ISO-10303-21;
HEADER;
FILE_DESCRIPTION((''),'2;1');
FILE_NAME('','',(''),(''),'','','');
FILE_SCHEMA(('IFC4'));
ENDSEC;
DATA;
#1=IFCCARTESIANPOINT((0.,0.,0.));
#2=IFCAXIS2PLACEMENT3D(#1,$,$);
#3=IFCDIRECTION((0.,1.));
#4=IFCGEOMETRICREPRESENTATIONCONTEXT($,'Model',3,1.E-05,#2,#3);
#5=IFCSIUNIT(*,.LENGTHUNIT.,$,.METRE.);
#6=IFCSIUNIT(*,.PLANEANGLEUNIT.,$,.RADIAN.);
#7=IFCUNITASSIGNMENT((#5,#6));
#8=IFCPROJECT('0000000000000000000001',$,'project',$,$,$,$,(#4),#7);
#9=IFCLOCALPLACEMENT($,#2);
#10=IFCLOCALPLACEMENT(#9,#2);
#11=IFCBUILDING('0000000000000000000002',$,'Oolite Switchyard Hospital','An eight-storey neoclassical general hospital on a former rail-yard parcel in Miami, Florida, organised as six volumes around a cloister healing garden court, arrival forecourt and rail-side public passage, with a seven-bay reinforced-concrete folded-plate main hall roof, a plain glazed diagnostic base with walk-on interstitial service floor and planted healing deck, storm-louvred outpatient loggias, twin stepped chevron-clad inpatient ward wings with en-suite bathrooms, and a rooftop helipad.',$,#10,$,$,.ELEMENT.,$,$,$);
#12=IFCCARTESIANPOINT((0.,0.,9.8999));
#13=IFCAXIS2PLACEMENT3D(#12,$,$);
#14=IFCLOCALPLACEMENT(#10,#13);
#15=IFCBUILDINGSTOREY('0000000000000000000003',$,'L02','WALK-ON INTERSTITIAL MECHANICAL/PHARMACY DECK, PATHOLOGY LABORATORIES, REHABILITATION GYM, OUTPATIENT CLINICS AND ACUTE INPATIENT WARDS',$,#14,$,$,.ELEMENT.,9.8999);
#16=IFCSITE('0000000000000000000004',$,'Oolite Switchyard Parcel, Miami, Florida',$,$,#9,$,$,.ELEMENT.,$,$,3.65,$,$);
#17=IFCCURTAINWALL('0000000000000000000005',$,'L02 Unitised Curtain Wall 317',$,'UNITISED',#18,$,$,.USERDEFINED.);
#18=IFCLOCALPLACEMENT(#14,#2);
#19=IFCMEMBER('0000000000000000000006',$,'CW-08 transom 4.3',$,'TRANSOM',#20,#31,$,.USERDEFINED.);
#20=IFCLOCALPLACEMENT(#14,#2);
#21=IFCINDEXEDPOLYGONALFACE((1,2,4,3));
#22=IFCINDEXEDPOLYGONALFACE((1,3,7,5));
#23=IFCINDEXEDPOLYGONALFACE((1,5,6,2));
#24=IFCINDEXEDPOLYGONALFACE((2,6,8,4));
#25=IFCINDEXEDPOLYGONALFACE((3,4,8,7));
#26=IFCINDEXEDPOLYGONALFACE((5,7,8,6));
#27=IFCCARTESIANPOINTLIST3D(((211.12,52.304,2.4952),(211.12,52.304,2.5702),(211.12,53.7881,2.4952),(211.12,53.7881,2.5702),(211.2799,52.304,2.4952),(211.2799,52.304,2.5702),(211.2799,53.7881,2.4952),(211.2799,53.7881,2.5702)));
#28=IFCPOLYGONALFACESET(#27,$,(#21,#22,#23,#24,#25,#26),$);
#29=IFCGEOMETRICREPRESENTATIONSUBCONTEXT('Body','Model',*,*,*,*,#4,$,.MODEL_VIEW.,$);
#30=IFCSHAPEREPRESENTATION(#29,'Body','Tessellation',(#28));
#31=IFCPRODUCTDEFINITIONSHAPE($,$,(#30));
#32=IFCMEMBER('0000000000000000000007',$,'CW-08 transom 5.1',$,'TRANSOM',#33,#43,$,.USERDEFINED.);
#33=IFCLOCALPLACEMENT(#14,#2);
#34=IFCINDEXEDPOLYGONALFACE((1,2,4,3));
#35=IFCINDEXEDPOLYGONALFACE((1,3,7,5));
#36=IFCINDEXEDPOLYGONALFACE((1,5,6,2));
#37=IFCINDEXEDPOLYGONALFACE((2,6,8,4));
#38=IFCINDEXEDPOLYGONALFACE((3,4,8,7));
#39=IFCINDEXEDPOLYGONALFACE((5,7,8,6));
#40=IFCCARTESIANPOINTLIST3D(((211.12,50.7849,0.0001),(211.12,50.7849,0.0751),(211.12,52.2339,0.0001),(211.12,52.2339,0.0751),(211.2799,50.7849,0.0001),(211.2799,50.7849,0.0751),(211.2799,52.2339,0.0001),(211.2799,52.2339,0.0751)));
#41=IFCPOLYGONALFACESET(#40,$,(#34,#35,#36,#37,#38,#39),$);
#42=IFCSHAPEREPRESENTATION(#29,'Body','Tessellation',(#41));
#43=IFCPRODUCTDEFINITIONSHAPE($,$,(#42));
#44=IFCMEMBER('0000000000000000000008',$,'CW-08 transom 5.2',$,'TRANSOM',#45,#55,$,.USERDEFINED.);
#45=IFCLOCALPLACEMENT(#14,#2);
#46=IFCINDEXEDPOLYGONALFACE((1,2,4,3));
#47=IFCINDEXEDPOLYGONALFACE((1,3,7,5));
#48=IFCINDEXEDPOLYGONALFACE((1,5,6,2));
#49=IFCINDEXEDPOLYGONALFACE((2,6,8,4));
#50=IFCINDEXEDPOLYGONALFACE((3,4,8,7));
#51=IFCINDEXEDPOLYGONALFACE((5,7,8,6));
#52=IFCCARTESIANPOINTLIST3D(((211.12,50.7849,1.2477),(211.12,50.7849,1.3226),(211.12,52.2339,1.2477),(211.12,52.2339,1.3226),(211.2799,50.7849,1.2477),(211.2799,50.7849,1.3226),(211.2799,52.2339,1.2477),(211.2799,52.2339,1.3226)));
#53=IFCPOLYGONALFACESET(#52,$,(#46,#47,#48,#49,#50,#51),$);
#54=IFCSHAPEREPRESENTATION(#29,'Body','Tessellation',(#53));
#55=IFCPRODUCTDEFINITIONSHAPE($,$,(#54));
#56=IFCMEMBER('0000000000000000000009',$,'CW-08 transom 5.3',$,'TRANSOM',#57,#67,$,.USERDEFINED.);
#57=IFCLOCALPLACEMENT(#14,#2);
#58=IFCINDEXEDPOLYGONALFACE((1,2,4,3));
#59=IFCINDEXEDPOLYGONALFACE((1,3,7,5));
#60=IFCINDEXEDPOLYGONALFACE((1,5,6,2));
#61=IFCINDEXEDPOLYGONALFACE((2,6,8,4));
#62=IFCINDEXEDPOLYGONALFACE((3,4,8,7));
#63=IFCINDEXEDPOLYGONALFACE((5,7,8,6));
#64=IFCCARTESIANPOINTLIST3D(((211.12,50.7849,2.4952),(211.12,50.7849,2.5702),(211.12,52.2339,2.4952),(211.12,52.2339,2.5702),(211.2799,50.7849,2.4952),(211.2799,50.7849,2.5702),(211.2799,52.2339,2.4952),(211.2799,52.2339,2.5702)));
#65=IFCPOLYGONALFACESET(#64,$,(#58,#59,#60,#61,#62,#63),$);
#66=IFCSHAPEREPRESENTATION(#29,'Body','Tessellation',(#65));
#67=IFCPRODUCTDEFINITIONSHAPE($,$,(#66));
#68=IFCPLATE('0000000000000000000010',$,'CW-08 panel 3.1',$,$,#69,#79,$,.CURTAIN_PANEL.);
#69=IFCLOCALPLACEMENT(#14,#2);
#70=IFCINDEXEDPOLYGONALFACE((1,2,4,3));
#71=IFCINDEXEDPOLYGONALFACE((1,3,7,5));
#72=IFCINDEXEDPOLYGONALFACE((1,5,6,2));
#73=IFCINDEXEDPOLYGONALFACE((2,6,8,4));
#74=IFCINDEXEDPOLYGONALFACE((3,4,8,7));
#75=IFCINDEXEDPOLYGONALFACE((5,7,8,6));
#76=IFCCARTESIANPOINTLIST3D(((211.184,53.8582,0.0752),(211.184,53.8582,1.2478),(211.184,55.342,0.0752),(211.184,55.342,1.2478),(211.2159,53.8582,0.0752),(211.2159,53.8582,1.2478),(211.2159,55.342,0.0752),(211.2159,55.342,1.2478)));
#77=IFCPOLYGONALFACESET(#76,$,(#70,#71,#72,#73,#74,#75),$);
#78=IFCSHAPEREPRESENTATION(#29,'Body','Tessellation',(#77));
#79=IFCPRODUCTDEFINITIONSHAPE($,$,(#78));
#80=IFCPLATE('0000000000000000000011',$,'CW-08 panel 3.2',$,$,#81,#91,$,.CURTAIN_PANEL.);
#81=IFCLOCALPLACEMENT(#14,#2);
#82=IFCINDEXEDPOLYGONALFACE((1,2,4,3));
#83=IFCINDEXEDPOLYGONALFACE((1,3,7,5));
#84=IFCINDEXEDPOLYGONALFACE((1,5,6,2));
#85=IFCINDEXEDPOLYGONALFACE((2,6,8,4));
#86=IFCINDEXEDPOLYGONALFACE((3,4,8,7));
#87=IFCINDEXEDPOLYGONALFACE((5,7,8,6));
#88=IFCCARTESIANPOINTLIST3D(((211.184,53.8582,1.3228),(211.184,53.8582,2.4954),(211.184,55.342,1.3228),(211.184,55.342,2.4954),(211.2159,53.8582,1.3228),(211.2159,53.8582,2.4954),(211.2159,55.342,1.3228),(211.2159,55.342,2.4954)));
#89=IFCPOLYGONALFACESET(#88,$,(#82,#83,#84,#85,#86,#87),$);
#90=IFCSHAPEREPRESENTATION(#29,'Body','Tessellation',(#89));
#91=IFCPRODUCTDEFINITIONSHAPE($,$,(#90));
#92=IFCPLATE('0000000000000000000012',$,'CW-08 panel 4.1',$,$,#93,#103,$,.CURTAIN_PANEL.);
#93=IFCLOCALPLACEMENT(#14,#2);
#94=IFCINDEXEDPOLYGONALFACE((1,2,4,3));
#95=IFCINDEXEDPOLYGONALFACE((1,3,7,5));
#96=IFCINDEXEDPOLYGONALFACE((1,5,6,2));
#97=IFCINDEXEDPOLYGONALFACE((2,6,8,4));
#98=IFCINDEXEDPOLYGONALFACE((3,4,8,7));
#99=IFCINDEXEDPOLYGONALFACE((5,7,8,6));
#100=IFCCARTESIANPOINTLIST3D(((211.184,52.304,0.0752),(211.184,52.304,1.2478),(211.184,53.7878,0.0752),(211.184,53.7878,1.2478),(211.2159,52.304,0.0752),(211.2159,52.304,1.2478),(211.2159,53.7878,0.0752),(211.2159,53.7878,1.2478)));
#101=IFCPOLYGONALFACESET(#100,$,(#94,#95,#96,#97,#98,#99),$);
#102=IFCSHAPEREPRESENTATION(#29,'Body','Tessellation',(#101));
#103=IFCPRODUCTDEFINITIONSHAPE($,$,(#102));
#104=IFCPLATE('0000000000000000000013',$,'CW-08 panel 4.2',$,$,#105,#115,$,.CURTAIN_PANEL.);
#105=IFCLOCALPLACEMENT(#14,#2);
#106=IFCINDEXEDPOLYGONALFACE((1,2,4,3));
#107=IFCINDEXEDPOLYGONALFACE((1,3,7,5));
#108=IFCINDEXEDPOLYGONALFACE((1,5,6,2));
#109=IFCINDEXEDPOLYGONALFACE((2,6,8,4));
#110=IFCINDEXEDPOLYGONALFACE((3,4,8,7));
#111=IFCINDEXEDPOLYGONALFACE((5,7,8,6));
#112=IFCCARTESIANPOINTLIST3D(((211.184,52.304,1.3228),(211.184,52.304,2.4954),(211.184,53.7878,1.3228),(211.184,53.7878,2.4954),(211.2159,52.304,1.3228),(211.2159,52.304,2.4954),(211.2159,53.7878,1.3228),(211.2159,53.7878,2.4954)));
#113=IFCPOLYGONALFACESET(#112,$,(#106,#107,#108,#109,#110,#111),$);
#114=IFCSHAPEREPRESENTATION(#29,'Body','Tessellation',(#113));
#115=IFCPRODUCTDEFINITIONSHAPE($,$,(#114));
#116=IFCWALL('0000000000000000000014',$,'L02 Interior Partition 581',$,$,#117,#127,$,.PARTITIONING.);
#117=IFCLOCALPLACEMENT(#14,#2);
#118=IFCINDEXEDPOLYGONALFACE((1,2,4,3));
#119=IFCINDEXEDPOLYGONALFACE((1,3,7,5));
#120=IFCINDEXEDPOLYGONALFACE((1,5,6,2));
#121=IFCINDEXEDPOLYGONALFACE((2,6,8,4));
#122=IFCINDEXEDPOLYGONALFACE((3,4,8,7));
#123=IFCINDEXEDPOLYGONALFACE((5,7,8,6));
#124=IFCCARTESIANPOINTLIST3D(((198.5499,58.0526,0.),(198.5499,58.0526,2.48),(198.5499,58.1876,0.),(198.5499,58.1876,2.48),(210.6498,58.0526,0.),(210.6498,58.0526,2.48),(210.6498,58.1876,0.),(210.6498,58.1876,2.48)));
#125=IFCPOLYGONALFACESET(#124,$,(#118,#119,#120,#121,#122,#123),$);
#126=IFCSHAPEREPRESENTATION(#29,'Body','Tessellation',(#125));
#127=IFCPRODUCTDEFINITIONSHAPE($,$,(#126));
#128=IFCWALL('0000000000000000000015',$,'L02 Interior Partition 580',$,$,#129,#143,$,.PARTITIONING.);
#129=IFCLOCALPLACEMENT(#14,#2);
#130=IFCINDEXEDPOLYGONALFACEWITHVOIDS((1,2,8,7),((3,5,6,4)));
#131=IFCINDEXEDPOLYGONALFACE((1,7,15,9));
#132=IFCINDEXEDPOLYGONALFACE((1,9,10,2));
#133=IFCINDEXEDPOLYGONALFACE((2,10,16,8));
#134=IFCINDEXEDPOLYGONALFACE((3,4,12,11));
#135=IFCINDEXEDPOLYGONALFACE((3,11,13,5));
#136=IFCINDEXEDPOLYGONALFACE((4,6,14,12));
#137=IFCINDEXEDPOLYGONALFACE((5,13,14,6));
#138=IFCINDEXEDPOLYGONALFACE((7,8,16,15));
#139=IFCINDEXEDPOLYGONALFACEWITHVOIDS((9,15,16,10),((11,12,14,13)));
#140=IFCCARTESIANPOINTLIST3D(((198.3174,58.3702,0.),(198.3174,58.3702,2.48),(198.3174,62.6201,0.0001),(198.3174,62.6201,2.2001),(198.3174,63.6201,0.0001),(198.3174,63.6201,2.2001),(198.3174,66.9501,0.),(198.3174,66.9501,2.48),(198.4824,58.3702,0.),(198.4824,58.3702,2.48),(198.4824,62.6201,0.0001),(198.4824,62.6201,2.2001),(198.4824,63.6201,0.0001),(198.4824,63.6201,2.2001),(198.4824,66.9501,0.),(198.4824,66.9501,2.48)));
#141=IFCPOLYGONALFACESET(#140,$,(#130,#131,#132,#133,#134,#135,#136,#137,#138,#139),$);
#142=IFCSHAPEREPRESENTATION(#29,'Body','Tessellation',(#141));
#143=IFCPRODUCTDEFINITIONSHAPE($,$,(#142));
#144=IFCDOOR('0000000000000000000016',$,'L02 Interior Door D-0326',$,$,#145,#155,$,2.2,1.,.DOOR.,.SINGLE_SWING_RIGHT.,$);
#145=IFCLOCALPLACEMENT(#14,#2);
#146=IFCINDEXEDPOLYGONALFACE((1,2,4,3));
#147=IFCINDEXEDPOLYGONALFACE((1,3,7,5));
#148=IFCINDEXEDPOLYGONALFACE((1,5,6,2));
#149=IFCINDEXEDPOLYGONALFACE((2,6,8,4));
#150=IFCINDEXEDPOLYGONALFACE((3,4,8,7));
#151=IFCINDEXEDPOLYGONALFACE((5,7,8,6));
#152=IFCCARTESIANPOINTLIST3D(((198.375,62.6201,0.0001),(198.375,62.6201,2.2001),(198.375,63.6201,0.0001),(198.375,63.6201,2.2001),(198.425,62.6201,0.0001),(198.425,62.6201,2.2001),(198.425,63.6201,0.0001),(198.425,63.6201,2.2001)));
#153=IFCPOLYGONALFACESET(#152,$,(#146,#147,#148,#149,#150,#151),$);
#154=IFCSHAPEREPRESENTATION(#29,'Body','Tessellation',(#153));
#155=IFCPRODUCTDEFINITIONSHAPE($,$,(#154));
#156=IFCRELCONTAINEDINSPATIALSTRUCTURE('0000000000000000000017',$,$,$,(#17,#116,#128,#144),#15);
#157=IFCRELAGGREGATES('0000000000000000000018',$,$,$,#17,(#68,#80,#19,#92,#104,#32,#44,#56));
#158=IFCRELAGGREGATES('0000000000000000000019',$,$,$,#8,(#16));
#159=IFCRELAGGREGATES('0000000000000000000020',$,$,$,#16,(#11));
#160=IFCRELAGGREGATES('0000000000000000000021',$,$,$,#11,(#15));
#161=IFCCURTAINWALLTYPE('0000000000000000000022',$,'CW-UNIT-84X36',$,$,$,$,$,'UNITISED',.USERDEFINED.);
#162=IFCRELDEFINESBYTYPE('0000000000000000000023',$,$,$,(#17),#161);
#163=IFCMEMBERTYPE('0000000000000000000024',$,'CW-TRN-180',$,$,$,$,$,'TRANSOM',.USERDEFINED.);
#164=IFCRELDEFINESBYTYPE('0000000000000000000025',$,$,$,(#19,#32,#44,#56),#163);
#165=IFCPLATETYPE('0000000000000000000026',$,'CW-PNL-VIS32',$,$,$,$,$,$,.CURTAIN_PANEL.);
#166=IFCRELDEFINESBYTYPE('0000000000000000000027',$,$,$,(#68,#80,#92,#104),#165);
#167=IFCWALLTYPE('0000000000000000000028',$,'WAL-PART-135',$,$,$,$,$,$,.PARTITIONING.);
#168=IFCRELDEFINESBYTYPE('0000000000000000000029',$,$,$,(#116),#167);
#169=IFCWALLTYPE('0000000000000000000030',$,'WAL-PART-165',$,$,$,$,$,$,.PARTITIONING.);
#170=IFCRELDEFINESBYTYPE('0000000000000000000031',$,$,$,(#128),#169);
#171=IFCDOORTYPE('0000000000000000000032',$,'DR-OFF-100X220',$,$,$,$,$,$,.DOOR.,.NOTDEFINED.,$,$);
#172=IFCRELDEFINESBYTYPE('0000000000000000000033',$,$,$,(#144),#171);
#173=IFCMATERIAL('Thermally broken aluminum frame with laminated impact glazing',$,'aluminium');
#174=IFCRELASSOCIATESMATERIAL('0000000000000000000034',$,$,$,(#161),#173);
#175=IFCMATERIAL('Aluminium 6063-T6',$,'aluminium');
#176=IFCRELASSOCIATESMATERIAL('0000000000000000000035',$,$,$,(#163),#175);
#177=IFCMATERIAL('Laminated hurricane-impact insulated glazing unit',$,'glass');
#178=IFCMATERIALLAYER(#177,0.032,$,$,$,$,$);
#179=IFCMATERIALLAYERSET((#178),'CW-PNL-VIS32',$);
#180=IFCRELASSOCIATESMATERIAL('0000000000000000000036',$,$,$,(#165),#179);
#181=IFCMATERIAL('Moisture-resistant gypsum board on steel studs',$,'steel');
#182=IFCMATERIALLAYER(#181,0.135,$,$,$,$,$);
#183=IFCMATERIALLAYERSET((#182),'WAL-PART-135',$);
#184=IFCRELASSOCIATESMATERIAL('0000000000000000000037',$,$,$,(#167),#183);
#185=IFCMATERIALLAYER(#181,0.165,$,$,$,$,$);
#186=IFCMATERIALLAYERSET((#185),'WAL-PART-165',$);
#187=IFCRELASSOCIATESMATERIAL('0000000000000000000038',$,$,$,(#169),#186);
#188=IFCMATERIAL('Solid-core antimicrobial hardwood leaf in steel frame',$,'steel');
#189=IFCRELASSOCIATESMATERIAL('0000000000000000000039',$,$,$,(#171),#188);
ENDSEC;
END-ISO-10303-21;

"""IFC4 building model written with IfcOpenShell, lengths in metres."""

from ifc_helpers import new_model, si_unit, direction, frame, frame_2d, origin, origin_2d, place, context, subcontext, project, spatial, rectangle, extrude, material, layer, layer_set, material_profile, profile_set, type_object, element, fill, aggregate, save


model = new_model("IFC4")

# Units and contexts
model_context = context("Model", 3, precision=1e-05, world=origin(), true_north=direction((0.0, 1.0)))
body_context = subcontext(model_context, "Body", "Model", "MODEL_VIEW")
ifc_project = project(units=[si_unit("LENGTHUNIT", "METRE"), si_unit("PLANEANGLEUNIT", "RADIAN")], contexts=[model_context])

# Site, building, storey
site_placement = place(None, origin())
site = spatial("IfcSite", under=ifc_project, at=site_placement, Name="Oolite Switchyard Parcel, Miami, Florida", CompositionType="ELEMENT", RefElevation=3.65)
building_placement = place(site_placement, origin())
building = spatial("IfcBuilding", under=site, at=building_placement, Name="Oolite Switchyard Hospital", Description="An eight-storey neoclassical general hospital on a former rail-yard parcel in Miami, Florida, organised as six volumes around a cloister healing garden court, arrival forecourt and rail-side public passage, with a seven-bay reinforced-concrete folded-plate main hall roof, a plain glazed diagnostic base with walk-on interstitial service floor and planted healing deck, storm-louvred outpatient loggias, twin stepped chevron-clad inpatient ward wings with en-suite bathrooms, and a rooftop helipad.", CompositionType="ELEMENT")
storey_placement = place(building_placement, frame((0.0, 0.0, 9.8999)))
storey = spatial("IfcBuildingStorey", under=building, at=storey_placement, Name="L02", Description="WALK-ON INTERSTITIAL MECHANICAL/PHARMACY DECK, PATHOLOGY LABORATORIES, REHABILITATION GYM, OUTPATIENT CLINICS AND ACUTE INPATIENT WARDS", CompositionType="ELEMENT", Elevation=9.8999)

# Curtain wall, members, plates
ifc_material_1 = material(Name="Thermally broken aluminum frame with laminated impact glazing", Category="aluminium")
curtain_wall_type = type_object("IfcCurtainWallType", Name="CW-UNIT-84X36", ElementType="UNITISED", PredefinedType="USERDEFINED", material=ifc_material_1)
curtain_wall_placement = place(storey_placement, origin())
curtain_wall = element("IfcCurtainWall", 1, at=curtain_wall_placement, inside=storey, type_object=curtain_wall_type, Name="L02 Unitised Curtain Wall 317", ObjectType="UNITISED", PredefinedType="USERDEFINED")
ifc_material_2 = material(Name="Aluminium 6063-T6", Category="aluminium")
ifc_material_profile_1 = material_profile(ifc_material_2, rectangle(XDim=0.1599, YDim=0.075, at=origin_2d()), Name="CWT75X160")
ifc_profile_set_1 = profile_set([ifc_material_profile_1], Name="Aluminium 6063-T6")
member_type_1 = type_object("IfcMemberType", Name="CW-TRN-180", ElementType="TRANSOM", PredefinedType="USERDEFINED", material=ifc_profile_set_1)
member_1_placement = place(storey_placement, frame((211.2, 53.7881, 2.5327), z_axis=(0.0, -1.0, 0.0), x_axis=(1.0, 0.0, 0.0)))
member_1 = element("IfcMember", 2, at=member_1_placement, type_object=member_type_1, Name="CW-08 transom 4.3", ObjectType="TRANSOM", PredefinedType="USERDEFINED", context=body_context, shape_type="SweptSolid", body=[
    extrude(rectangle(XDim=0.1599, YDim=0.075, at=origin_2d()), origin(), (0.0, 0.0, 1.0), 1.4841),
])
member_2_placement = place(storey_placement, frame((211.2, 52.2339, 0.0376), z_axis=(0.0, -1.0, 0.0), x_axis=(1.0, 0.0, 0.0)))
member_2 = element("IfcMember", 3, at=member_2_placement, type_object=member_type_1, Name="CW-08 transom 5.1", ObjectType="TRANSOM", PredefinedType="USERDEFINED", context=body_context, shape_type="SweptSolid", body=[
    extrude(rectangle(XDim=0.1599, YDim=0.075, at=origin_2d()), origin(), (0.0, 0.0, 1.0), 1.449),
])
member_3_placement = place(storey_placement, frame((211.2, 52.2339, 1.2852), z_axis=(0.0, -1.0, 0.0), x_axis=(1.0, 0.0, 0.0)))
member_3 = element("IfcMember", 4, at=member_3_placement, type_object=member_type_1, Name="CW-08 transom 5.2", ObjectType="TRANSOM", PredefinedType="USERDEFINED", context=body_context, shape_type="SweptSolid", body=[
    extrude(rectangle(XDim=0.1599, YDim=0.075, at=origin_2d()), origin(), (0.0, 0.0, 1.0), 1.449),
])
member_4_placement = place(storey_placement, frame((211.2, 52.2339, 2.5327), z_axis=(0.0, -1.0, 0.0), x_axis=(1.0, 0.0, 0.0)))
member_4 = element("IfcMember", 5, at=member_4_placement, type_object=member_type_1, Name="CW-08 transom 5.3", ObjectType="TRANSOM", PredefinedType="USERDEFINED", context=body_context, shape_type="SweptSolid", body=[
    extrude(rectangle(XDim=0.1599, YDim=0.075, at=origin_2d()), origin(), (0.0, 0.0, 1.0), 1.449),
])
ifc_material_3 = material(Name="Laminated hurricane-impact insulated glazing unit", Category="glass")
ifc_layer_1 = layer(ifc_material_3, 0.032)
ifc_layer_set_1 = layer_set([ifc_layer_1], Name="CW-PNL-VIS32")
plate_type = type_object("IfcPlateType", Name="CW-PNL-VIS32", PredefinedType="CURTAIN_PANEL", material=ifc_layer_set_1)
plate_1_placement = place(storey_placement, frame((211.2, 54.6001, 0.0752), z_axis=(0.0, 0.0, 1.0), x_axis=(0.0, -1.0, 0.0)))
plate_1 = element("IfcPlate", 6, at=plate_1_placement, type_object=plate_type, Name="CW-08 panel 3.1", PredefinedType="CURTAIN_PANEL", context=body_context, shape_type="SweptSolid", body=[
    extrude(rectangle(XDim=1.4839, YDim=0.032, at=origin_2d()), origin(), (0.0, 0.0, 1.0), 1.1726),
])
plate_2_placement = place(storey_placement, frame((211.2, 54.6001, 1.3228), z_axis=(0.0, 0.0, 1.0), x_axis=(0.0, -1.0, 0.0)))
plate_2 = element("IfcPlate", 7, at=plate_2_placement, type_object=plate_type, Name="CW-08 panel 3.2", PredefinedType="CURTAIN_PANEL", context=body_context, shape_type="SweptSolid", body=[
    extrude(rectangle(XDim=1.4839, YDim=0.032, at=origin_2d()), origin(), (0.0, 0.0, 1.0), 1.1726),
])
plate_3_placement = place(storey_placement, frame((211.2, 53.0459, 0.0752), z_axis=(0.0, 0.0, 1.0), x_axis=(0.0, -1.0, 0.0)))
plate_3 = element("IfcPlate", 8, at=plate_3_placement, type_object=plate_type, Name="CW-08 panel 4.1", PredefinedType="CURTAIN_PANEL", context=body_context, shape_type="SweptSolid", body=[
    extrude(rectangle(XDim=1.4839, YDim=0.032, at=origin_2d()), origin(), (0.0, 0.0, 1.0), 1.1726),
])
plate_4_placement = place(storey_placement, frame((211.2, 53.0459, 1.3228), z_axis=(0.0, 0.0, 1.0), x_axis=(0.0, -1.0, 0.0)))
plate_4 = element("IfcPlate", 9, at=plate_4_placement, type_object=plate_type, Name="CW-08 panel 4.2", PredefinedType="CURTAIN_PANEL", context=body_context, shape_type="SweptSolid", body=[
    extrude(rectangle(XDim=1.4839, YDim=0.032, at=origin_2d()), origin(), (0.0, 0.0, 1.0), 1.1726),
])
aggregate(curtain_wall, [plate_1, plate_2, member_1, plate_3, plate_4, member_2, member_3, member_4])

# Wall
ifc_material_4 = material(Name="Moisture-resistant gypsum board on steel studs", Category="steel")
ifc_layer_2 = layer(ifc_material_4, 0.135)
ifc_layer_set_2 = layer_set([ifc_layer_2], Name="WAL-PART-135")
wall_type_1 = type_object("IfcWallType", Name="WAL-PART-135", PredefinedType="PARTITIONING", material=ifc_layer_set_2)
wall_1_placement = place(storey_placement, frame((198.55, 58.1201, 0.0), z_axis=(0.0, 0.0, 1.0), x_axis=(1.0, 0.0, 0.0)))
element("IfcWall", 10, at=wall_1_placement, inside=storey, type_object=wall_type_1, Name="L02 Interior Partition 581", PredefinedType="PARTITIONING", context=body_context, shape_type="SweptSolid", body=[
    extrude(rectangle(XDim=12.0999, YDim=0.135, at=frame_2d((6.0498, 0.0))), origin(), (0.0, 0.0, 1.0), 2.48),
])

# Wall, opening, door
ifc_layer_3 = layer(ifc_material_4, 0.165)
ifc_layer_set_3 = layer_set([ifc_layer_3], Name="WAL-PART-165")
wall_type_2 = type_object("IfcWallType", Name="WAL-PART-165", PredefinedType="PARTITIONING", material=ifc_layer_set_3)
wall_2_placement = place(storey_placement, frame((198.3999, 58.3701, 0.0), z_axis=(0.0, 0.0, 1.0), x_axis=(0.0, 1.0, 0.0)))
wall_2 = element("IfcWall", 11, at=wall_2_placement, inside=storey, type_object=wall_type_2, Name="L02 Interior Partition 580", PredefinedType="PARTITIONING", context=body_context, shape_type="SweptSolid", body=[
    extrude(rectangle(XDim=8.5798, YDim=0.165, at=frame_2d((4.29, 0.0))), origin(), (0.0, 0.0, 1.0), 2.48),
])
opening_placement = place(wall_2_placement, frame((4.25, 0.0, 0.0)))
opening = element("IfcOpeningElement", 12, at=opening_placement, cuts=wall_2, PredefinedType="OPENING", context=body_context, shape_type="SweptSolid", body=[
    extrude(rectangle(XDim=1.0, YDim=2.2, at=frame_2d((0.5, 1.1001))), frame((0.0, 0.0925, 0.0), z_axis=(0.0, -1.0, 0.0), x_axis=(1.0, 0.0, 0.0)), (0.0, 0.0, 1.0), 0.1851),
])
ifc_material_5 = material(Name="Solid-core antimicrobial hardwood leaf in steel frame", Category="steel")
door_type = type_object("IfcDoorType", Name="DR-OFF-100X220", OperationType="NOTDEFINED", PredefinedType="DOOR", material=ifc_material_5)
door_placement = place(opening_placement, origin())
door = element("IfcDoor", 13, at=door_placement, inside=storey, type_object=door_type, Name="L02 Interior Door D-0326", OperationType="SINGLE_SWING_RIGHT", OverallHeight=2.2, OverallWidth=1.0, PredefinedType="DOOR", context=body_context, shape_type="SweptSolid", body=[
    extrude(rectangle(XDim=1.0, YDim=2.2, at=frame_2d((0.5, 1.1001))), frame((0.0, 0.0249, 0.0), z_axis=(0.0, -1.0, 0.0), x_axis=(1.0, 0.0, 0.0)), (0.0, 0.0, 1.0), 0.05),
])
fill(opening, door)

save(model, "model.ifc")
